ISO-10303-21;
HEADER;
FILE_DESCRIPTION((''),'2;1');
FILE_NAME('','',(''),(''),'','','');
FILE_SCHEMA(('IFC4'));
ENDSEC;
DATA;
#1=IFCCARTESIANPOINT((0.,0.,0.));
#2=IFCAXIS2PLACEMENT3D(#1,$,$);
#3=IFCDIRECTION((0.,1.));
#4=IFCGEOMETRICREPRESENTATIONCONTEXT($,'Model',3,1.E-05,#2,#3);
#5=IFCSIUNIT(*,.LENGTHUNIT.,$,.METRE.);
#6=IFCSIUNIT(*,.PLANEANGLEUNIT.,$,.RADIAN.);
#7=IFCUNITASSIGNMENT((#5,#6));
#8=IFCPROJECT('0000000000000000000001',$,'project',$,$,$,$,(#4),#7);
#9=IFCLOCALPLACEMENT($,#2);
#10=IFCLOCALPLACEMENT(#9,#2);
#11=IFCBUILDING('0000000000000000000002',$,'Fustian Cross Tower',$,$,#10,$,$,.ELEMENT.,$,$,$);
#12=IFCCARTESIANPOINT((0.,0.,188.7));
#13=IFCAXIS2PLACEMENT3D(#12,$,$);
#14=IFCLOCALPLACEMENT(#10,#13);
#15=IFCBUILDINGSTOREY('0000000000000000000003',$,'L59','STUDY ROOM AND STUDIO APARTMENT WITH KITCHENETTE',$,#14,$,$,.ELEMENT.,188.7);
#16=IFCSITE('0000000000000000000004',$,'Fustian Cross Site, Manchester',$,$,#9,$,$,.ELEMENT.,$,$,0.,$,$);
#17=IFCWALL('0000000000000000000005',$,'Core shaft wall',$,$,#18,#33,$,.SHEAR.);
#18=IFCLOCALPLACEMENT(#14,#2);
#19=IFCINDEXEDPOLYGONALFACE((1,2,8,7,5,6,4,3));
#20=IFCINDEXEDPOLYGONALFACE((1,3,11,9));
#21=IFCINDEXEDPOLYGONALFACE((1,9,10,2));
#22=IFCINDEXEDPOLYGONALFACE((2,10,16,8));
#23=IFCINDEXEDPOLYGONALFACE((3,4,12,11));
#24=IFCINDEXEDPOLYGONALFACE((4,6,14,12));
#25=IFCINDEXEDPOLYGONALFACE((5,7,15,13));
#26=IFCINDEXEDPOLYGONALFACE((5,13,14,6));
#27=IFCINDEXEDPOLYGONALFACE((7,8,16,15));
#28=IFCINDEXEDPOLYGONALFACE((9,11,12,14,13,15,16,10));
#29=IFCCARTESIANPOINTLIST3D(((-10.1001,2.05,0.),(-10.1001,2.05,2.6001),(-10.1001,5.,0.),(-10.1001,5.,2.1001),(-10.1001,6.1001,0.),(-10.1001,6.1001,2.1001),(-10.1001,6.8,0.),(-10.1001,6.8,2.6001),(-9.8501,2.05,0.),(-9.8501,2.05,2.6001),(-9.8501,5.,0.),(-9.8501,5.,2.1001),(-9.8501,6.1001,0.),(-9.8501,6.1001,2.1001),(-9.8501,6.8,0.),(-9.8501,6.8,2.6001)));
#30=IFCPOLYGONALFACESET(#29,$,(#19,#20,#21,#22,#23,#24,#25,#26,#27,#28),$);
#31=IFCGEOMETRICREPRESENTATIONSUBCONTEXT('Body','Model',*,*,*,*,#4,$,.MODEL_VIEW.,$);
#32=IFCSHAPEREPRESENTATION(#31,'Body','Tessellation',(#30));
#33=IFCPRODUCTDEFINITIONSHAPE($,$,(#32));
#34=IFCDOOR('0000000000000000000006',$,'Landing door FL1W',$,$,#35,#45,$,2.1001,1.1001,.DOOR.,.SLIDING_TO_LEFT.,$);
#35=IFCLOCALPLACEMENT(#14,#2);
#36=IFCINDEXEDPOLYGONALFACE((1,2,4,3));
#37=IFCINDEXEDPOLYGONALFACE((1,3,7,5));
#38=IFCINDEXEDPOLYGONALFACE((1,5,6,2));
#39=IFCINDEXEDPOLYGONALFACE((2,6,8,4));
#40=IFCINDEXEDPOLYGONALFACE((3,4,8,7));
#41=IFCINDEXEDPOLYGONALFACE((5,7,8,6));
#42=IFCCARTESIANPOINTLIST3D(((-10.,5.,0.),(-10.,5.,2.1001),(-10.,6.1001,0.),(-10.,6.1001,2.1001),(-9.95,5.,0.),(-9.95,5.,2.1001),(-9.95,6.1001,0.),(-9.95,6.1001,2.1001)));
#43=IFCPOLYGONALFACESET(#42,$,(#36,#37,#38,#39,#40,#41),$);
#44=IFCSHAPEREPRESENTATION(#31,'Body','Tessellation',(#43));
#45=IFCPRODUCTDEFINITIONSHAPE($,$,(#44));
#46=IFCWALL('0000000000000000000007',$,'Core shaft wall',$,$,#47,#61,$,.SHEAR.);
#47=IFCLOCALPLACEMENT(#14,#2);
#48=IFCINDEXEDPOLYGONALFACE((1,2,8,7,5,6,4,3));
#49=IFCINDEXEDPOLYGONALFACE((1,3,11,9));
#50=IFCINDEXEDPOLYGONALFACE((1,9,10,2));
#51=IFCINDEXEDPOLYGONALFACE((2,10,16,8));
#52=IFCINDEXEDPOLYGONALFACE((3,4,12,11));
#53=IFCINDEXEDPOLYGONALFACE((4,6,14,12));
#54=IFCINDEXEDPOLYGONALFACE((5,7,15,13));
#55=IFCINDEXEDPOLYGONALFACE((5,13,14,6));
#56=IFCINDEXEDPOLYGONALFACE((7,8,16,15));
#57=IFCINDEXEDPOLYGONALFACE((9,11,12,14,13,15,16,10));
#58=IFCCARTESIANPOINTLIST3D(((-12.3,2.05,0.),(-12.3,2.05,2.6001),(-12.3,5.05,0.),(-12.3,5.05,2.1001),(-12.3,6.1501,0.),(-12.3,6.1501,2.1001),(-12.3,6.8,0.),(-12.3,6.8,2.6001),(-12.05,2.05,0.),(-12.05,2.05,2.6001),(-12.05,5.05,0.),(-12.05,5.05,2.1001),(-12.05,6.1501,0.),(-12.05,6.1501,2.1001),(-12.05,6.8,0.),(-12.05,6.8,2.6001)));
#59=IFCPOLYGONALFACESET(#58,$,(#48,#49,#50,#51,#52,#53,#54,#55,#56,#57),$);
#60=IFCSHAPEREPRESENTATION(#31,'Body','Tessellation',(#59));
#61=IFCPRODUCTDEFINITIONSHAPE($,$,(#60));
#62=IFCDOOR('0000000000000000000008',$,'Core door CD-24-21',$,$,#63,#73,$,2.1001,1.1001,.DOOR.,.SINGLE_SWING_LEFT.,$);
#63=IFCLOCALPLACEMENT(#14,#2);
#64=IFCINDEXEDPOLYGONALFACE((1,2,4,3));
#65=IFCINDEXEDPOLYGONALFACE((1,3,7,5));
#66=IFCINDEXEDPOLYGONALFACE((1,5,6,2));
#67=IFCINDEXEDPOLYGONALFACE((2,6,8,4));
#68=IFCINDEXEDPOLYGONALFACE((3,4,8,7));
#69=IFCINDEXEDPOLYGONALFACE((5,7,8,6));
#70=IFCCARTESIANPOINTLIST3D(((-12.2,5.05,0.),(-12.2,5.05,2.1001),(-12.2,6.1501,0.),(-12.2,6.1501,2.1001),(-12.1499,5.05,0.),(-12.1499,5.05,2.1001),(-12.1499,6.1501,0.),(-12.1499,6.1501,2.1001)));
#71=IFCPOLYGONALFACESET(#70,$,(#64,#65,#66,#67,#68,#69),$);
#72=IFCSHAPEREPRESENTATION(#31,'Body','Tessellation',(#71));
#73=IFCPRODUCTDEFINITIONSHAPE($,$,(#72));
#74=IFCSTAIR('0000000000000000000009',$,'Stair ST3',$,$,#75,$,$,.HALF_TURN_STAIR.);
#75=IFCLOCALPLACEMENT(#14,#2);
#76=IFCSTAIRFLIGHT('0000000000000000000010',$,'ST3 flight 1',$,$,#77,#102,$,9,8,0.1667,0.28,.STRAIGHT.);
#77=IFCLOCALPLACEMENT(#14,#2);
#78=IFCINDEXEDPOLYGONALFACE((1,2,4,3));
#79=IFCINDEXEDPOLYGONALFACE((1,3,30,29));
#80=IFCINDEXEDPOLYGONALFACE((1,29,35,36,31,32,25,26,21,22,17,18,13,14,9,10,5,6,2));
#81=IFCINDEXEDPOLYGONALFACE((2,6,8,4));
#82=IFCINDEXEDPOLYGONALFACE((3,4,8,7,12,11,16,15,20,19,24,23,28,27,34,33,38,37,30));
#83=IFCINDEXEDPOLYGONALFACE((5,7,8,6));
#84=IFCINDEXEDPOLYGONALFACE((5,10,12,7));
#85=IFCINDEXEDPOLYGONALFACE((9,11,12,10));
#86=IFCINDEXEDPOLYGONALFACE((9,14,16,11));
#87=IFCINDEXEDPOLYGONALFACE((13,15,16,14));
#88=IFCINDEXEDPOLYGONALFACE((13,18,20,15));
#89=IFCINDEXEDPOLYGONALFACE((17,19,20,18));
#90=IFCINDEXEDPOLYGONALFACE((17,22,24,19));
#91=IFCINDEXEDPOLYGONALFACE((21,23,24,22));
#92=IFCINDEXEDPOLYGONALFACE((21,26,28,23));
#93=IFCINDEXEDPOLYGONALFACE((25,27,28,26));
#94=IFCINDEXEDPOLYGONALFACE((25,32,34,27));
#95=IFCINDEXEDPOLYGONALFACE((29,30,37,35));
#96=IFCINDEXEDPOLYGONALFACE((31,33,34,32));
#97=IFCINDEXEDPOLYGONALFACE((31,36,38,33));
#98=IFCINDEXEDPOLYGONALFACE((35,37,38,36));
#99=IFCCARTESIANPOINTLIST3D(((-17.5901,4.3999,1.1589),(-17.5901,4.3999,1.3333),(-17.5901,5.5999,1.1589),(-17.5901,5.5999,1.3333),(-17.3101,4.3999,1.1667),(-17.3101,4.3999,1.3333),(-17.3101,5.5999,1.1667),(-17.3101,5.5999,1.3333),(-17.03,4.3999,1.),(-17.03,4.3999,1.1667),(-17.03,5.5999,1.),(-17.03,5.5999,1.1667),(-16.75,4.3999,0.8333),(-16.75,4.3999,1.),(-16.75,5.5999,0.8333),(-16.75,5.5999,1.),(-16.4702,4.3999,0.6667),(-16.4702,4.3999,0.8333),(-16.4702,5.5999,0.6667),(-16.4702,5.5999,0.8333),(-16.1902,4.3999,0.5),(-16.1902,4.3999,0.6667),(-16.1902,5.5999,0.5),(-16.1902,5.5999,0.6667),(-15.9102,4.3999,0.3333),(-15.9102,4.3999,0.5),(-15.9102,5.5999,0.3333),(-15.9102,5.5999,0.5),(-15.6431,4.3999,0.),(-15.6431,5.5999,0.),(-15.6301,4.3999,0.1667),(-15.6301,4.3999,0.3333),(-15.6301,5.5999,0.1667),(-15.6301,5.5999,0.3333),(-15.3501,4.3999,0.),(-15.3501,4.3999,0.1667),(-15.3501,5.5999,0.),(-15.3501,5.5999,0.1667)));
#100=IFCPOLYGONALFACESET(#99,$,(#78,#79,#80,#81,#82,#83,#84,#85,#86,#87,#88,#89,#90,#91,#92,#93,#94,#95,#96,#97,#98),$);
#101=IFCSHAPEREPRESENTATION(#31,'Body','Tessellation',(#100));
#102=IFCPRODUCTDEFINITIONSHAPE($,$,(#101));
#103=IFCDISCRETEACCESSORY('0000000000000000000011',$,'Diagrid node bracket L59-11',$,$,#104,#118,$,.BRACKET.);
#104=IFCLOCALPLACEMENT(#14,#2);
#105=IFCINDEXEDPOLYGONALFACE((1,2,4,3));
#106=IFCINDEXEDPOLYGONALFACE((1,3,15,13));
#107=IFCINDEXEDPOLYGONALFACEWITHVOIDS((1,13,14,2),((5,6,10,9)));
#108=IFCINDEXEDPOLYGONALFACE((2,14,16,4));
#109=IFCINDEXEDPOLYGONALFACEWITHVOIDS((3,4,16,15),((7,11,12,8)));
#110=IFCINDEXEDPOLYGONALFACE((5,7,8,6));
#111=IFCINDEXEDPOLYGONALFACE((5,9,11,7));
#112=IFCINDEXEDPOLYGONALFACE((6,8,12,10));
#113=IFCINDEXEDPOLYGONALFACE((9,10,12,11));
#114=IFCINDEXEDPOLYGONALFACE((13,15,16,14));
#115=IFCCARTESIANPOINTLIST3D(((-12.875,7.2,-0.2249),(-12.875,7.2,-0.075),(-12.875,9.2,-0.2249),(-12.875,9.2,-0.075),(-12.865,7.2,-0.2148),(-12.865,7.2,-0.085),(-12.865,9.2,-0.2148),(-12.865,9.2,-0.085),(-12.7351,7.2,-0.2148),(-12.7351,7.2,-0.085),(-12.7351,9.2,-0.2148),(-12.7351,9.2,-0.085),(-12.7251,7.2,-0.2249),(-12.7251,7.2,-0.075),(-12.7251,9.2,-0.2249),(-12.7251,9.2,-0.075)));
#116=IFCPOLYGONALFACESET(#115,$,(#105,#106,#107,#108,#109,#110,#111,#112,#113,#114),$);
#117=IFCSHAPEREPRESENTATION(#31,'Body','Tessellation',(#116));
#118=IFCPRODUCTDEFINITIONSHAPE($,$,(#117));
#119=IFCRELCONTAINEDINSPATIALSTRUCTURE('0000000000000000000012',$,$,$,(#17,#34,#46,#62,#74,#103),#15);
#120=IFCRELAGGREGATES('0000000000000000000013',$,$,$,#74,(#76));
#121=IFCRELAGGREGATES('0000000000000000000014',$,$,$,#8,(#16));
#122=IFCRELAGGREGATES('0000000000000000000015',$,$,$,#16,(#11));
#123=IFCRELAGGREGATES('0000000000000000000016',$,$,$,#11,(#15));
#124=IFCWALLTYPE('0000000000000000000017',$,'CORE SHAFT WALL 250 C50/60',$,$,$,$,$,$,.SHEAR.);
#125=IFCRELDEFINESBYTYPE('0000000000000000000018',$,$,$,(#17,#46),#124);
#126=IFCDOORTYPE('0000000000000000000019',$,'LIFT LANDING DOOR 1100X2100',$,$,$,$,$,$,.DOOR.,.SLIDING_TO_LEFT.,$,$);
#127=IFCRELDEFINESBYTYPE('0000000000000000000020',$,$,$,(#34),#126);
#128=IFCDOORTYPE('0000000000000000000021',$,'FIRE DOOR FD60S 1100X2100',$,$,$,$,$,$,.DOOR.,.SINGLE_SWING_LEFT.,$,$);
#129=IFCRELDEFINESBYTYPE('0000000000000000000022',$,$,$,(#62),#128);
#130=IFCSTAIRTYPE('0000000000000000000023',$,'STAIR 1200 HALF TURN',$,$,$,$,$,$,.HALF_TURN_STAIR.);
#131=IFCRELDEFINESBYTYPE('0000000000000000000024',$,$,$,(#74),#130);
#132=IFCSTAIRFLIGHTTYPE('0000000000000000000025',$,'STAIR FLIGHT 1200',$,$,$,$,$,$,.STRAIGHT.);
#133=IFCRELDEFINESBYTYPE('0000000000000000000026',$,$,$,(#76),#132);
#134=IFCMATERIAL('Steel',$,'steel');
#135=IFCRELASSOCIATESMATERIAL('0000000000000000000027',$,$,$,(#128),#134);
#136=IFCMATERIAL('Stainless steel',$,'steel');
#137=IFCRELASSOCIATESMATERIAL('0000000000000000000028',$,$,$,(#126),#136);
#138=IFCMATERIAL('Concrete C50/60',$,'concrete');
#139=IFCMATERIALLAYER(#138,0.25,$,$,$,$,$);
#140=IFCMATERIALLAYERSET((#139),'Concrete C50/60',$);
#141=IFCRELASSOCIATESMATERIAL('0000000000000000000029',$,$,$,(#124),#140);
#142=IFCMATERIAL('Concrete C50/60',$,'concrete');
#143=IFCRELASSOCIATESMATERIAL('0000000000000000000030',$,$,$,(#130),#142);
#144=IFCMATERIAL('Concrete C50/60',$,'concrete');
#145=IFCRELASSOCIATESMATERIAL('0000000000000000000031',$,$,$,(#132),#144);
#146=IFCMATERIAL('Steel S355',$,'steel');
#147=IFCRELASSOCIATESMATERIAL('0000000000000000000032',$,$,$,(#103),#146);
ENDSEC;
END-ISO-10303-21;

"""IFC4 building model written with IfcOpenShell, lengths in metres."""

from ifc_helpers import new_model, si_unit, direction, frame, frame_2d, origin, origin_2d, place, context, subcontext, project, spatial, polyline, rectangle, hollow_rectangle, outline, extrude, material, layer, layer_set, type_object, element, fill, aggregate, save


model = new_model("IFC4")

# Units and contexts
model_context = context("Model", 3, precision=1e-05, world=origin(), true_north=direction((0.0, 1.0)))
body_context = subcontext(model_context, "Body", "Model", "MODEL_VIEW")
ifc_project = project(units=[si_unit("LENGTHUNIT", "METRE"), si_unit("PLANEANGLEUNIT", "RADIAN")], contexts=[model_context])

# Site, building, storey
site_placement = place(None, origin())
site = spatial("IfcSite", under=ifc_project, at=site_placement, Name="Fustian Cross Site, Manchester", CompositionType="ELEMENT", RefElevation=0.0)
building_placement = place(site_placement, origin())
building = spatial("IfcBuilding", under=site, at=building_placement, Name="Fustian Cross Tower", CompositionType="ELEMENT")
storey_placement = place(building_placement, frame((0.0, 0.0, 188.7)))
storey = spatial("IfcBuildingStorey", under=building, at=storey_placement, Name="L59", Description="STUDY ROOM AND STUDIO APARTMENT WITH KITCHENETTE", CompositionType="ELEMENT", Elevation=188.7)

# Shared definitions
ifc_material_1 = material(Name="Steel", Category="steel")
door_type_1 = type_object("IfcDoorType", Name="FIRE DOOR FD60S 1100X2100", OperationType="SINGLE_SWING_LEFT", PredefinedType="DOOR", material=ifc_material_1)
ifc_material_2 = material(Name="Stainless steel", Category="steel")
door_type_2 = type_object("IfcDoorType", Name="LIFT LANDING DOOR 1100X2100", OperationType="SLIDING_TO_LEFT", PredefinedType="DOOR", material=ifc_material_2)

# Shared definitions
ifc_material_3 = material(Name="Concrete C50/60", Category="concrete")
ifc_layer_1 = layer(ifc_material_3, 0.25)
ifc_layer_set_1 = layer_set([ifc_layer_1], Name="Concrete C50/60")
wall_type_1 = type_object("IfcWallType", Name="CORE SHAFT WALL 250 C50/60", PredefinedType="SHEAR", material=ifc_layer_set_1)

# Walls, openings, doors
wall_1_placement = place(storey_placement, frame((-9.9751, 2.05, 0.0), z_axis=(0.0, 0.0, 1.0), x_axis=(0.0, 1.0, 0.0)))
wall_1 = element("IfcWall", 1, at=wall_1_placement, inside=storey, type_object=wall_type_1, Name="Core shaft wall", PredefinedType="SHEAR", context=body_context, shape_type="SweptSolid", body=[
    extrude(rectangle(XDim=4.75, YDim=0.25, at=frame_2d((2.375, 0.0))), origin(), (0.0, 0.0, 1.0), 2.6001),
])
opening_1_placement = place(wall_1_placement, frame((2.95, 0.0, 0.0)))
opening_1 = element("IfcOpeningElement", 2, at=opening_1_placement, cuts=wall_1, PredefinedType="OPENING", context=body_context, shape_type="SweptSolid", body=[
    extrude(rectangle(XDim=1.1001, YDim=2.1001, at=frame_2d((0.55, 1.05))), frame((0.0, 0.135, 0.0), z_axis=(0.0, -1.0, 0.0), x_axis=(1.0, 0.0, 0.0)), (0.0, 0.0, 1.0), 0.27),
])
door_1_placement = place(opening_1_placement, origin())
door_1 = element("IfcDoor", 3, at=door_1_placement, inside=storey, type_object=door_type_2, Name="Landing door FL1W", OperationType="SLIDING_TO_LEFT", OverallHeight=2.1001, OverallWidth=1.1001, PredefinedType="DOOR", context=body_context, shape_type="SweptSolid", body=[
    extrude(rectangle(XDim=1.1001, YDim=2.1001, at=frame_2d((0.55, 1.05))), frame((0.0, 0.0249, 0.0), z_axis=(0.0, -1.0, 0.0), x_axis=(1.0, 0.0, 0.0)), (0.0, 0.0, 1.0), 0.05),
])
fill(opening_1, door_1)
wall_2_placement = place(storey_placement, frame((-12.175, 2.05, 0.0), z_axis=(0.0, 0.0, 1.0), x_axis=(0.0, 1.0, 0.0)))
wall_2 = element("IfcWall", 4, at=wall_2_placement, inside=storey, type_object=wall_type_1, Name="Core shaft wall", PredefinedType="SHEAR", context=body_context, shape_type="SweptSolid", body=[
    extrude(rectangle(XDim=4.75, YDim=0.25, at=frame_2d((2.375, 0.0))), origin(), (0.0, 0.0, 1.0), 2.6001),
])
opening_2_placement = place(wall_2_placement, frame((3.0, 0.0, 0.0)))
opening_2 = element("IfcOpeningElement", 5, at=opening_2_placement, cuts=wall_2, PredefinedType="OPENING", context=body_context, shape_type="SweptSolid", body=[
    extrude(rectangle(XDim=1.1001, YDim=2.1001, at=frame_2d((0.55, 1.05))), frame((0.0, 0.135, 0.0), z_axis=(0.0, -1.0, 0.0), x_axis=(1.0, 0.0, 0.0)), (0.0, 0.0, 1.0), 0.27),
])
door_2_placement = place(opening_2_placement, origin())
door_2 = element("IfcDoor", 6, at=door_2_placement, inside=storey, type_object=door_type_1, Name="Core door CD-24-21", OperationType="SINGLE_SWING_LEFT", OverallHeight=2.1001, OverallWidth=1.1001, PredefinedType="DOOR", context=body_context, shape_type="SweptSolid", body=[
    extrude(rectangle(XDim=1.1001, YDim=2.1001, at=frame_2d((0.55, 1.05))), frame((0.0, 0.0249, 0.0), z_axis=(0.0, -1.0, 0.0), x_axis=(1.0, 0.0, 0.0)), (0.0, 0.0, 1.0), 0.05),
])
fill(opening_2, door_2)

# Stair, stair flight
ifc_material_4 = material(Name="Concrete C50/60", Category="concrete")
stair_type = type_object("IfcStairType", Name="STAIR 1200 HALF TURN", PredefinedType="HALF_TURN_STAIR", material=ifc_material_4)
stair_placement = place(storey_placement, origin())
stair = element("IfcStair", 7, at=stair_placement, inside=storey, type_object=stair_type, Name="Stair ST3", PredefinedType="HALF_TURN_STAIR")
ifc_material_5 = material(Name="Concrete C50/60", Category="concrete")
stair_flight_type = type_object("IfcStairFlightType", Name="STAIR FLIGHT 1200", PredefinedType="STRAIGHT", material=ifc_material_5)
stair_flight_placement = place(storey_placement, frame((-15.3501, 5.0, 0.0), z_axis=(0.0, 0.0, 1.0), x_axis=(-1.0, 0.0, 0.0)))
stair_flight = element("IfcStairFlight", 8, at=stair_flight_placement, type_object=stair_flight_type, Name="ST3 flight 1", NumberOfRisers=9, NumberOfTreads=8, PredefinedType="STRAIGHT", RiserHeight=0.1667, TreadLength=0.28, context=body_context, shape_type="SweptSolid", body=[
    extrude(outline(polyline([(0.0, 0.0), (0.0, 0.1667), (0.28, 0.1667), (0.28, 0.3333), (0.5601, 0.3333), (0.5601, 0.5), (0.8401, 0.5), (0.8401, 0.6667), (1.1201, 0.6667), (1.1201, 0.8333), (1.3999, 0.8333), (1.3999, 1.0), (1.6799, 1.0), (1.6799, 1.1667), (1.96, 1.1667), (1.96, 1.3333), (2.24, 1.3333), (2.24, 1.5), (2.24, 1.1589), (0.293, 0.0), (0.0, 0.0)])), frame((0.0, 0.6001, 0.0), z_axis=(0.0, -1.0, 0.0), x_axis=(1.0, 0.0, 0.0)), (0.0, 0.0, 1.0), 1.2),
])
aggregate(stair, [stair_flight])

# Discrete accessory
ifc_material_6 = material(Name="Steel S355", Category="steel")
discrete_accessory_placement = place(storey_placement, frame((-12.8, 9.2, -0.1499), z_axis=(0.0, -1.0, 0.0), x_axis=(1.0, 0.0, 0.0)))
element("IfcDiscreteAccessory", 9, at=discrete_accessory_placement, inside=storey, material=ifc_material_6, Name="Diagrid node bracket L59-11", PredefinedType="BRACKET", context=body_context, shape_type="SweptSolid", body=[
    extrude(hollow_rectangle(XDim=0.1499, YDim=0.1499, WallThickness=0.01, at=origin_2d()), origin(), (0.0, 0.0, 1.0), 2.0),
])

save(model, "model.ifc")
